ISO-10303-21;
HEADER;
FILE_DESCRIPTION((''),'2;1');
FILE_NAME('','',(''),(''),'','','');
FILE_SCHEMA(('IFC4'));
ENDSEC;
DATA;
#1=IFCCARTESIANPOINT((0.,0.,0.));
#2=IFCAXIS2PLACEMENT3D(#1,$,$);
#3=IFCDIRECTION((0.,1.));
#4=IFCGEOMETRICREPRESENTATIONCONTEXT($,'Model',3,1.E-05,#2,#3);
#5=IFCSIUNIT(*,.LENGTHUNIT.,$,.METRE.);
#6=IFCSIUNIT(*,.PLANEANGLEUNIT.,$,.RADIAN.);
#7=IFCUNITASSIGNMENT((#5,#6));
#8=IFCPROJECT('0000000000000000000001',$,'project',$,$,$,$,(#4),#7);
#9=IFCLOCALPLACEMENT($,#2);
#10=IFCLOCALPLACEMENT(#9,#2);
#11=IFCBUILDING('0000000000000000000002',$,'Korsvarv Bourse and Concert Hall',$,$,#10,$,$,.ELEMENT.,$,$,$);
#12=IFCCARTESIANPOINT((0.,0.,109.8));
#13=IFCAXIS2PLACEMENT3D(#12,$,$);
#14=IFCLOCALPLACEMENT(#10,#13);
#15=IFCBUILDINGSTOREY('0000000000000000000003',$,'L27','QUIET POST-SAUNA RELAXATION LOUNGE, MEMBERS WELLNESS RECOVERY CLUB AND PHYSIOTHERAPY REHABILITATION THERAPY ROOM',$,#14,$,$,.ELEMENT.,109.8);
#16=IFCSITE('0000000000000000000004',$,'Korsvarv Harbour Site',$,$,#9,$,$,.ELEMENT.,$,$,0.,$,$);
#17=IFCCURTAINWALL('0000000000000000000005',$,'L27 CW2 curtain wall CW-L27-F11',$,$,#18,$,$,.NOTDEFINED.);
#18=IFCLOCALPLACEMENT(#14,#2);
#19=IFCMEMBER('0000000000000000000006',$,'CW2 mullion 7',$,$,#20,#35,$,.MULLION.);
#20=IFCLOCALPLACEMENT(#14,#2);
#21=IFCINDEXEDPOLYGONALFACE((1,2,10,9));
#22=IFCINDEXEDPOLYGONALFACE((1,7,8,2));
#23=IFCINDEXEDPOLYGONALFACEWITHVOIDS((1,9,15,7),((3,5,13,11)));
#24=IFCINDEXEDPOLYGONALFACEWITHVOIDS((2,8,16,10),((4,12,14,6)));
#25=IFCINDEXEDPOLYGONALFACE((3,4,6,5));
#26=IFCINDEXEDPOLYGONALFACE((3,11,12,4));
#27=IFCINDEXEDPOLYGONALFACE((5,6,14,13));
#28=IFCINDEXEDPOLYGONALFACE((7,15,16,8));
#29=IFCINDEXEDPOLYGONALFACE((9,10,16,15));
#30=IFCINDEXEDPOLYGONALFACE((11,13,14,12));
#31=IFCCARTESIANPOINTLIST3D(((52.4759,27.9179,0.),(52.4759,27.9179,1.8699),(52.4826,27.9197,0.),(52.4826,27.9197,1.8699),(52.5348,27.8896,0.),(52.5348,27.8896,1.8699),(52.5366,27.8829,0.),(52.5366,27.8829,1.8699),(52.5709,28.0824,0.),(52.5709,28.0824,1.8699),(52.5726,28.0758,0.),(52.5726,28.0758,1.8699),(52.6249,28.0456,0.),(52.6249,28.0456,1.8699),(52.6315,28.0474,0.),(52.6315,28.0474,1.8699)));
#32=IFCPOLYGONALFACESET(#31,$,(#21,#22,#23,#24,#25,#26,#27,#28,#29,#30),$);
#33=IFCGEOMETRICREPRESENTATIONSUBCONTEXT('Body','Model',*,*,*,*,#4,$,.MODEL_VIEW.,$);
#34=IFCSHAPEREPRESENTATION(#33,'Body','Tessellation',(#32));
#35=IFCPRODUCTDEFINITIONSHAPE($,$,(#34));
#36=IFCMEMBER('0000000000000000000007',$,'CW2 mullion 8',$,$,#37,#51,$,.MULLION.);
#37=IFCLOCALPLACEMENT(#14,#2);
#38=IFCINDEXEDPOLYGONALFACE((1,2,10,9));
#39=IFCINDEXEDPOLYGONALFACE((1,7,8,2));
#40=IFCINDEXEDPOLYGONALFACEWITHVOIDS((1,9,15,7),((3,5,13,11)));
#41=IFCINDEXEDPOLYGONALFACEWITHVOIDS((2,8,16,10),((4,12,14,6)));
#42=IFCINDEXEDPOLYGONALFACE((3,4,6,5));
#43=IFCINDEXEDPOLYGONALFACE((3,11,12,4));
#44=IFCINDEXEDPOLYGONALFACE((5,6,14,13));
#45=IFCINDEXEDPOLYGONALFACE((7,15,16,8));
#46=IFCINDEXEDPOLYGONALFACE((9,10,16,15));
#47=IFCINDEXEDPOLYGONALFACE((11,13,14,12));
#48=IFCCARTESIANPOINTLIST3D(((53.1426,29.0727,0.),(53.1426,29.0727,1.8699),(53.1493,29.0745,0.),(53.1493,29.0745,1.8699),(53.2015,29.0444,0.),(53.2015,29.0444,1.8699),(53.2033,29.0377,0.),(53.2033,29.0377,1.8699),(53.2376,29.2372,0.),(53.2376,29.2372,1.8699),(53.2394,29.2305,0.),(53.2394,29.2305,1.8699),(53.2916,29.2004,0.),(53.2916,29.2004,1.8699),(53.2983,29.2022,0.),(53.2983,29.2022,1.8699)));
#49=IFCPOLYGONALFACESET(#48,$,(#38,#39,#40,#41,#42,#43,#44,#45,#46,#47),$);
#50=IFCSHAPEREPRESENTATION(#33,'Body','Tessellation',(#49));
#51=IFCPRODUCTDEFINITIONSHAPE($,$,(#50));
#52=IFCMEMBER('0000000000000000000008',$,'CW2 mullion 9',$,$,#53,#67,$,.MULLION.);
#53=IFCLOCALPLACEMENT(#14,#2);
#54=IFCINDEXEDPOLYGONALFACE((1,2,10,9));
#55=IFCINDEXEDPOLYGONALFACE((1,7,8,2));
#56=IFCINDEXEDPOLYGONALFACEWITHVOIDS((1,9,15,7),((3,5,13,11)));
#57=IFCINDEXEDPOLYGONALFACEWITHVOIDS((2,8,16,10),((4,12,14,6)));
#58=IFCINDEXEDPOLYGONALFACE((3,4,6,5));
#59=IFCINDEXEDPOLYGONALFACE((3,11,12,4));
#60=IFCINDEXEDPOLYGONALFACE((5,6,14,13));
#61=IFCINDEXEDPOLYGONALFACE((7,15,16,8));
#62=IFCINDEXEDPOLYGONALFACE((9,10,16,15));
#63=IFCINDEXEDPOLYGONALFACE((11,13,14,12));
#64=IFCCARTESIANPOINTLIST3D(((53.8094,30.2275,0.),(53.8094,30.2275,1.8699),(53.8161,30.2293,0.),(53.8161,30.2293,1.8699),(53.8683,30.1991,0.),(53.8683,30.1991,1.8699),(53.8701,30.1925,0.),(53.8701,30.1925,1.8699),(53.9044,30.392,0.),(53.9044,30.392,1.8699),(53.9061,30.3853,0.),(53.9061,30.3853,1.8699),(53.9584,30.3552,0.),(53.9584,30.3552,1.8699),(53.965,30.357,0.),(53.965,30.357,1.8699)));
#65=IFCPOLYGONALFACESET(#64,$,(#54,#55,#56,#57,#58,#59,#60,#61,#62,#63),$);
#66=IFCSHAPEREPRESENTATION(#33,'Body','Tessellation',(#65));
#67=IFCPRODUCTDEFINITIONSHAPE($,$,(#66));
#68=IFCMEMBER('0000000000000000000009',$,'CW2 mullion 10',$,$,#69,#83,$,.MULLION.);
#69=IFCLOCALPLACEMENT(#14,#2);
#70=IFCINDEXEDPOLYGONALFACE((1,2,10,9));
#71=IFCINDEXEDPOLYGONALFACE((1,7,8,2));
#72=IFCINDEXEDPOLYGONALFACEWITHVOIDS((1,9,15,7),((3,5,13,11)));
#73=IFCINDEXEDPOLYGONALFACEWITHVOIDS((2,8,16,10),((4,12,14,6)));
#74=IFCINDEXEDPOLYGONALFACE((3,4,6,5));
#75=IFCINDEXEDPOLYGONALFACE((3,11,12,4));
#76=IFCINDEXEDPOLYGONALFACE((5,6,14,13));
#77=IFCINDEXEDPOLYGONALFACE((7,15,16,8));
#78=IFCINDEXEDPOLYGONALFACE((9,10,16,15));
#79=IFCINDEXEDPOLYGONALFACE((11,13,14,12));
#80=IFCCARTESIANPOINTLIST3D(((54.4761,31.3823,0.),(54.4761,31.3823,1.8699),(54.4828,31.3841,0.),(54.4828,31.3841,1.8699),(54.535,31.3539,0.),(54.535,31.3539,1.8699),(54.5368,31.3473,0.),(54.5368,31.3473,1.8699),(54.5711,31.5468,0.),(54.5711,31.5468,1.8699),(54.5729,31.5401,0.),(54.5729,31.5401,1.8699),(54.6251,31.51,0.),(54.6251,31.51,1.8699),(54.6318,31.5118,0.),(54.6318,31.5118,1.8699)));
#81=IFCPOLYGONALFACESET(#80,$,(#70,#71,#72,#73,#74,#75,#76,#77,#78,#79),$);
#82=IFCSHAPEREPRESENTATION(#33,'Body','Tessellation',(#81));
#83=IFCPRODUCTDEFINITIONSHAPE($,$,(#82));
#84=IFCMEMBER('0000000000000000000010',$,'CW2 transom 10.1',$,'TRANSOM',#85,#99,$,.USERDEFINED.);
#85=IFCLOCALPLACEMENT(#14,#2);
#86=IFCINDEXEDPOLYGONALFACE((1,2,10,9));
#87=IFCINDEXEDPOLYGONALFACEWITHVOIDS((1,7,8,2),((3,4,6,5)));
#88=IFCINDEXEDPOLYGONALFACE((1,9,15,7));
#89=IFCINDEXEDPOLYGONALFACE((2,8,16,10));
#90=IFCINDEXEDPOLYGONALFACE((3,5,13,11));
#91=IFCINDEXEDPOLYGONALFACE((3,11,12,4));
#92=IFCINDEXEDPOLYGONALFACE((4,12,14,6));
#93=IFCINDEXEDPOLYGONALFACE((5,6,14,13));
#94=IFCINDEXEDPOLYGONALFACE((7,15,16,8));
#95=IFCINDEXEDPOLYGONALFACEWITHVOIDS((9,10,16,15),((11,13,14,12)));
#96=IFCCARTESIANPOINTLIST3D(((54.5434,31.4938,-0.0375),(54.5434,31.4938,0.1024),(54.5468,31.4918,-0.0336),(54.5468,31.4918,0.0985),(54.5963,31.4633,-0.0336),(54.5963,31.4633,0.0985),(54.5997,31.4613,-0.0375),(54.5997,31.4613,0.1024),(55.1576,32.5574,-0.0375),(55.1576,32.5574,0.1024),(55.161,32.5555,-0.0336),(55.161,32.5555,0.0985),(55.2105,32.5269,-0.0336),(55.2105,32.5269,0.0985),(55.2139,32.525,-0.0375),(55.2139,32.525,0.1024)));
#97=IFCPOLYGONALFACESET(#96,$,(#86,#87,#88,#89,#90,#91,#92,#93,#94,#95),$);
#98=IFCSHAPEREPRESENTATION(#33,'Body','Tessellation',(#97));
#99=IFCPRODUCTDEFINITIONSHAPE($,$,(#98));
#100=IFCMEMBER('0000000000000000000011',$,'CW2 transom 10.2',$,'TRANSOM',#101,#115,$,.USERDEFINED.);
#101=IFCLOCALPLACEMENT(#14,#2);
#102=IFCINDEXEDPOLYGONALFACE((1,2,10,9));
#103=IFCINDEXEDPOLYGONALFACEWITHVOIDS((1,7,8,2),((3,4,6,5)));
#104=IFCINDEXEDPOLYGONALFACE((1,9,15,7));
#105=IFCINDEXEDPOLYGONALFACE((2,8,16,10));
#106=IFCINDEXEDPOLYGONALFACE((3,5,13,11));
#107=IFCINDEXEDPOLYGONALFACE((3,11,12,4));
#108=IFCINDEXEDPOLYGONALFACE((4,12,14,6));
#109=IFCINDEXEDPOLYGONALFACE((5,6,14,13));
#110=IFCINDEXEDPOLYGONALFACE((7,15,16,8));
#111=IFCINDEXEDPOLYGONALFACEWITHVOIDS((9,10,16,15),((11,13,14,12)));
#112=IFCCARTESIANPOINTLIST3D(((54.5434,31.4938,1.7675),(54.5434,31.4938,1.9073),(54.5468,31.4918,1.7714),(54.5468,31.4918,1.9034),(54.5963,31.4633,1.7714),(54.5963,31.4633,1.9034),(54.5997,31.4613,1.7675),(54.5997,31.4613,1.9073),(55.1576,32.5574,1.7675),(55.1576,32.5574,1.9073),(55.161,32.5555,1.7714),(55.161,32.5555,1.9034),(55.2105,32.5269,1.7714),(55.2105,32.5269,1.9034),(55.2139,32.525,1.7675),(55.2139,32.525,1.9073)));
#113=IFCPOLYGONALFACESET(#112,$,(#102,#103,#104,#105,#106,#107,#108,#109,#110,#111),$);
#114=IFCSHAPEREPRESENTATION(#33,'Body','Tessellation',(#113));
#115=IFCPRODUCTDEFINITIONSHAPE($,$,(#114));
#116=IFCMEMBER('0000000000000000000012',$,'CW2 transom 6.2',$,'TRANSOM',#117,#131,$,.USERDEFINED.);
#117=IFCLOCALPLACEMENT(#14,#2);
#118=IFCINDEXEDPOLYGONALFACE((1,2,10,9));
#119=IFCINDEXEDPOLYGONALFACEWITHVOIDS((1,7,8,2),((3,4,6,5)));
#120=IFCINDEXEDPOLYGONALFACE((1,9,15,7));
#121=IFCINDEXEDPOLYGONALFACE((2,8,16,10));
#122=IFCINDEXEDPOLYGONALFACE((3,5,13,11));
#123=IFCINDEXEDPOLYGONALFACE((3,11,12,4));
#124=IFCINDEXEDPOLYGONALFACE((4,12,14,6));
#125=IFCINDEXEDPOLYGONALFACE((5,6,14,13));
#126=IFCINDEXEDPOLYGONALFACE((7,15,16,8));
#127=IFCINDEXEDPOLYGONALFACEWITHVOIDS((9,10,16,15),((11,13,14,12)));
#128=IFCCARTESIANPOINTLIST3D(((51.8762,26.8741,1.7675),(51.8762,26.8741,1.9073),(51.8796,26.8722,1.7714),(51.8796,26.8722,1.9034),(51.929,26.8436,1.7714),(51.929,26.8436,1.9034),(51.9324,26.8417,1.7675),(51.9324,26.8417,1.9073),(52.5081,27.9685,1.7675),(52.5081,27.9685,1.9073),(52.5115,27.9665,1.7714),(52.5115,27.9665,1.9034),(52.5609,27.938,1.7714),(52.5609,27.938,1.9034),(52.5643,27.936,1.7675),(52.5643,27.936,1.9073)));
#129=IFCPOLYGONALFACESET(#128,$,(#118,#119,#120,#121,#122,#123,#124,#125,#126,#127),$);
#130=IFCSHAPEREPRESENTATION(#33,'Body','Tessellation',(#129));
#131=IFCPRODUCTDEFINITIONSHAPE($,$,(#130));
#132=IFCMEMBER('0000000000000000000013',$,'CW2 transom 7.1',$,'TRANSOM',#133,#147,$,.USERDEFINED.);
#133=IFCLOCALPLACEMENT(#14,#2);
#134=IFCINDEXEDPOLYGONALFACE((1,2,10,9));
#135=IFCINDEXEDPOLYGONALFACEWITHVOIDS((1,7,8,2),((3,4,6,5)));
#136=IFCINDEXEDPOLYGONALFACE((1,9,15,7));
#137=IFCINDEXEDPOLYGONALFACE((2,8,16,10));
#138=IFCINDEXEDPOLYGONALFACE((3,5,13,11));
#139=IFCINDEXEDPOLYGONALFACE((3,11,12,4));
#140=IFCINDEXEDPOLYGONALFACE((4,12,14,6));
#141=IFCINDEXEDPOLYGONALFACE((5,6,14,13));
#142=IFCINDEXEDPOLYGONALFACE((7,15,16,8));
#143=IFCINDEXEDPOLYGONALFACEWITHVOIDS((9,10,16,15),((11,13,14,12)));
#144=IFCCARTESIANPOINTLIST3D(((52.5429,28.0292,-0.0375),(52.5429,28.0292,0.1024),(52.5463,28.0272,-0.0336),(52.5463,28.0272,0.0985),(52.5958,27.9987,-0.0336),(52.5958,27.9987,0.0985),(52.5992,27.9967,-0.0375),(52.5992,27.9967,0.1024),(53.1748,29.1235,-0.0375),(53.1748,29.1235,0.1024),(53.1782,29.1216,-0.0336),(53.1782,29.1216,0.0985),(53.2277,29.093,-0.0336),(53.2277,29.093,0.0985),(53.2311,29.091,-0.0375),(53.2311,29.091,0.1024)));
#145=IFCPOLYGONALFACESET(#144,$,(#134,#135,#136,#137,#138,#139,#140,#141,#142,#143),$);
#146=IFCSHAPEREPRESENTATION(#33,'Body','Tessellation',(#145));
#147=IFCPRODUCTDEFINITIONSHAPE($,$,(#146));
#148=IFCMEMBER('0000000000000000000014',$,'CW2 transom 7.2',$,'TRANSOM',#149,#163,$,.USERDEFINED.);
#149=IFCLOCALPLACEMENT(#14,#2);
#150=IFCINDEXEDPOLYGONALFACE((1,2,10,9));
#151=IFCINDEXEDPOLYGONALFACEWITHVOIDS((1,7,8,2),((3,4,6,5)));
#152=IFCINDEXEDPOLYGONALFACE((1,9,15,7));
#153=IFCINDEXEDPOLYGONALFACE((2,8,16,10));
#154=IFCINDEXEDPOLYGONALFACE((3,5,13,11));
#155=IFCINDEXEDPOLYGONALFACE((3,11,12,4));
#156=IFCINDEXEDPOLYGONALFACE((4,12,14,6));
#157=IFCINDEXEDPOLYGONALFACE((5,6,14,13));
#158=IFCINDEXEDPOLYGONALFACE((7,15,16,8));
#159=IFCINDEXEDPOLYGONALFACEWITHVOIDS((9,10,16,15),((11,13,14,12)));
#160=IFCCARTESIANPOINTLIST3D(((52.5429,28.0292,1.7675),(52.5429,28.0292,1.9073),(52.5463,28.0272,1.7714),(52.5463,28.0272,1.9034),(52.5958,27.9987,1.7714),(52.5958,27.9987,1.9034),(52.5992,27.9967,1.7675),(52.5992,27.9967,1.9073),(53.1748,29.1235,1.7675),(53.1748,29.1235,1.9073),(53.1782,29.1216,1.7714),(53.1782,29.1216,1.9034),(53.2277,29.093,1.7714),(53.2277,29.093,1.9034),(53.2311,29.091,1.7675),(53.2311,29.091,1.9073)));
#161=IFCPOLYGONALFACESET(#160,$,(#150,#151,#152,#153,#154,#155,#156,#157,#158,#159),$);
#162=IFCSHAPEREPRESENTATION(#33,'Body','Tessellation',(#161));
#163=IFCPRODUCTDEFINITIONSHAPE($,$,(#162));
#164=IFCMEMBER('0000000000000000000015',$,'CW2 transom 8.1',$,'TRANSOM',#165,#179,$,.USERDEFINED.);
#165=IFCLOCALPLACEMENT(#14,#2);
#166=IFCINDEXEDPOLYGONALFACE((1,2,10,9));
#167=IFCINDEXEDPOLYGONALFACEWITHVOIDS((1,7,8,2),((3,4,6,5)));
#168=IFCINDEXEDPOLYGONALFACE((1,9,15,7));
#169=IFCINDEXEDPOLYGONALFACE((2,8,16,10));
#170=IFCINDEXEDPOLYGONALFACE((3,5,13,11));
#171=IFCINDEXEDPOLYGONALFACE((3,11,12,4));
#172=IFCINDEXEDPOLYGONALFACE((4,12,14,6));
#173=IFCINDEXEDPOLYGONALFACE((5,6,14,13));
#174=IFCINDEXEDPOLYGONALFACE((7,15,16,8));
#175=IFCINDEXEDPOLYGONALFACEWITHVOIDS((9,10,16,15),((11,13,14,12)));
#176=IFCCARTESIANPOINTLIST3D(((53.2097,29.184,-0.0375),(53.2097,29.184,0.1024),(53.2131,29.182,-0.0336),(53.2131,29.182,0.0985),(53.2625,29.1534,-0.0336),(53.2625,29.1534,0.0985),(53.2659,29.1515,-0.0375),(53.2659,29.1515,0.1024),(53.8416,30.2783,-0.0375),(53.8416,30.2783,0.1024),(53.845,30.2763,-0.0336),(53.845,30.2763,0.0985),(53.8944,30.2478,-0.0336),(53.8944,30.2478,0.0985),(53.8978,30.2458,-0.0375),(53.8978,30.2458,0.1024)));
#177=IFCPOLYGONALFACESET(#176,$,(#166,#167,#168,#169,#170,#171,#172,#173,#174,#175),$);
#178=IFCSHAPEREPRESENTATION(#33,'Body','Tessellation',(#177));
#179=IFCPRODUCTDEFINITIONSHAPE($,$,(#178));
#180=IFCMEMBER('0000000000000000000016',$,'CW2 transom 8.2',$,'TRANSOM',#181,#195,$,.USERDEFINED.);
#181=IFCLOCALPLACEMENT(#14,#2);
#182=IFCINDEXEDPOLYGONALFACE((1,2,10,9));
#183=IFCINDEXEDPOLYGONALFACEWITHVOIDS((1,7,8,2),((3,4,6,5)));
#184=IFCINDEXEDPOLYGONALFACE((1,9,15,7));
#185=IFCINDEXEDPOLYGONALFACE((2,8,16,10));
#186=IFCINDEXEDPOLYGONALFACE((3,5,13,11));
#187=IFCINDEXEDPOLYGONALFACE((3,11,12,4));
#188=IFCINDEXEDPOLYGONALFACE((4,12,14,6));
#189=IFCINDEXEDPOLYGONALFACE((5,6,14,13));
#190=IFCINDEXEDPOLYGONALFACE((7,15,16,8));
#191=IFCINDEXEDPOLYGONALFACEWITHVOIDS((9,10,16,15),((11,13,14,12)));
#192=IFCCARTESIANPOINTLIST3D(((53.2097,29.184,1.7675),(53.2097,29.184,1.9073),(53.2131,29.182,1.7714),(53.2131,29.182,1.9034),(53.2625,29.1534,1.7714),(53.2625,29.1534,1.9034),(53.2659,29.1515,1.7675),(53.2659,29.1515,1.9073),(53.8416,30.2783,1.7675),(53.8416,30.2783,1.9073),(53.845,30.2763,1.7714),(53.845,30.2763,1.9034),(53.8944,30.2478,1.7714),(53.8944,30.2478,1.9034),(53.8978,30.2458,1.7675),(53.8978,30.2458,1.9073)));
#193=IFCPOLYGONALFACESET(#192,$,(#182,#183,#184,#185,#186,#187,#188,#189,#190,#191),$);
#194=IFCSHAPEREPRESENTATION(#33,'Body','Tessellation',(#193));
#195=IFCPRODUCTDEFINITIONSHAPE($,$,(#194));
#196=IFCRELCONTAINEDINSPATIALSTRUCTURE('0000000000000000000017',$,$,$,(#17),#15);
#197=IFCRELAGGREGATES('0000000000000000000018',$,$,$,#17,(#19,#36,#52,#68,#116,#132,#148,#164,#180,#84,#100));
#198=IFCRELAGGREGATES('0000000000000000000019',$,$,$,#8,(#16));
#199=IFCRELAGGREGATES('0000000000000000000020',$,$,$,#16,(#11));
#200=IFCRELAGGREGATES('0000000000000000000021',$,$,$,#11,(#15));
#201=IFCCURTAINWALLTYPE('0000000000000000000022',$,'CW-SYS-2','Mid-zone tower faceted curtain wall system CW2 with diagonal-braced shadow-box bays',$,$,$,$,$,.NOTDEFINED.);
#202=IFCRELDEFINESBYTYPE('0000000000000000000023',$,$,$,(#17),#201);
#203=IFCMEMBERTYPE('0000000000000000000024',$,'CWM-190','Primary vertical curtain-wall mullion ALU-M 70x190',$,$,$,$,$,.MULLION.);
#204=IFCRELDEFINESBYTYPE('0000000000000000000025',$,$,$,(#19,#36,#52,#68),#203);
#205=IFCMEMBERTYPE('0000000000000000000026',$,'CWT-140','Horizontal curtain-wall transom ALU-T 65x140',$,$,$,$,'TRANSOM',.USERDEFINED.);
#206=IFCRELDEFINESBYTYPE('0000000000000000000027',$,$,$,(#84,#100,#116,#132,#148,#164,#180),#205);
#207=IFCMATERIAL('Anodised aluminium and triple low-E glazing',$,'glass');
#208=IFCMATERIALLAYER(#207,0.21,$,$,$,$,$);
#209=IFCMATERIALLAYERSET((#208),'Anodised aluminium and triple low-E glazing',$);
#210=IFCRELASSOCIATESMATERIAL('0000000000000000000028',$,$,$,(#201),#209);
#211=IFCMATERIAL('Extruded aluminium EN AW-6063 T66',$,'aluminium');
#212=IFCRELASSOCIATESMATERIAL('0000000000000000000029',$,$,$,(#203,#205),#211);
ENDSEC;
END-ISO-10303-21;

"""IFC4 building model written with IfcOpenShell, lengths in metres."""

from ifc_helpers import new_model, si_unit, direction, frame, origin, origin_2d, place, context, subcontext, project, spatial, hollow_rectangle, extrude, source, transform, mapped, material, layer, layer_set, material_profile, profile_set, type_object, element, aggregate, save


model = new_model("IFC4")

# Units and contexts
model_context = context("Model", 3, precision=1e-05, world=origin(), true_north=direction((0.0, 1.0)))
body_context = subcontext(model_context, "Body", "Model", "MODEL_VIEW")
ifc_project = project(units=[si_unit("LENGTHUNIT", "METRE"), si_unit("PLANEANGLEUNIT", "RADIAN")], contexts=[model_context])

# Site, building, storey
site_placement = place(None, origin())
site = spatial("IfcSite", under=ifc_project, at=site_placement, Name="Korsvarv Harbour Site", CompositionType="ELEMENT", RefElevation=0.0)
building_placement = place(site_placement, origin())
building = spatial("IfcBuilding", under=site, at=building_placement, Name="Korsvarv Bourse and Concert Hall", CompositionType="ELEMENT")
storey_placement = place(building_placement, frame((0.0, 0.0, 109.8)))
storey = spatial("IfcBuildingStorey", under=building, at=storey_placement, Name="L27", Description="QUIET POST-SAUNA RELAXATION LOUNGE, MEMBERS WELLNESS RECOVERY CLUB AND PHYSIOTHERAPY REHABILITATION THERAPY ROOM", CompositionType="ELEMENT", Elevation=109.8)

# Curtain wall, members
ifc_material_1 = material(Name="Anodised aluminium and triple low-E glazing", Category="glass")
ifc_layer_1 = layer(ifc_material_1, 0.21)
ifc_layer_set_1 = layer_set([ifc_layer_1], Name="Anodised aluminium and triple low-E glazing")
curtain_wall_type = type_object("IfcCurtainWallType", Name="CW-SYS-2", Description="Mid-zone tower faceted curtain wall system CW2 with diagonal-braced shadow-box bays", PredefinedType="NOTDEFINED", material=ifc_layer_set_1)
curtain_wall_placement = place(storey_placement, origin())
curtain_wall = element("IfcCurtainWall", 1, at=curtain_wall_placement, inside=storey, type_object=curtain_wall_type, Name="L27 CW2 curtain wall CW-L27-F11", PredefinedType="NOTDEFINED")
ifc_material_2 = material(Name="Extruded aluminium EN AW-6063 T66", Category="aluminium")
ifc_material_profile_1 = material_profile(ifc_material_2, hollow_rectangle(XDim=0.0701, YDim=0.1899, WallThickness=0.0049, at=origin_2d()), Name="ALU-M 70x190")
ifc_profile_set_1 = profile_set([ifc_material_profile_1], Name="Extruded aluminium EN AW-6063 T66")
member_type_1 = type_object("IfcMemberType", Name="CWM-190", Description="Primary vertical curtain-wall mullion ALU-M 70x190", PredefinedType="MULLION", material=ifc_profile_set_1)
shared_shape_1 = source(origin(), body_context, "Body", "SweptSolid", [
    extrude(hollow_rectangle(XDim=0.0701, YDim=0.1899, WallThickness=0.0049, at=origin_2d()), origin(), (0.0, 0.0, 1.0), 1.8699),
])
member_1_placement = place(storey_placement, frame((52.5537, 27.9827, 0.0), z_axis=(0.0, 0.0, 1.0), x_axis=(-0.866022, 0.500006, 0.0)))
member_1 = element("IfcMember", 2, at=member_1_placement, type_object=member_type_1, Name="CW2 mullion 7", PredefinedType="MULLION", context=body_context, shape_type="MappedRepresentation", body=[
    mapped(shared_shape_1, transform((0.0, 0.0, 0.0), scale=1.0)),
])
member_2_placement = place(storey_placement, frame((53.2205, 29.1375, 0.0), z_axis=(0.0, 0.0, 1.0), x_axis=(-0.866022, 0.500006, 0.0)))
member_2 = element("IfcMember", 3, at=member_2_placement, type_object=member_type_1, Name="CW2 mullion 8", PredefinedType="MULLION", context=body_context, shape_type="MappedRepresentation", body=[
    mapped(shared_shape_1, transform((0.0, 0.0, 0.0), scale=1.0)),
])
member_3_placement = place(storey_placement, frame((53.8872, 30.2922, 0.0), z_axis=(0.0, 0.0, 1.0), x_axis=(-0.866022, 0.500006, 0.0)))
member_3 = element("IfcMember", 4, at=member_3_placement, type_object=member_type_1, Name="CW2 mullion 9", PredefinedType="MULLION", context=body_context, shape_type="MappedRepresentation", body=[
    mapped(shared_shape_1, transform((0.0, 0.0, 0.0), scale=1.0)),
])
member_4_placement = place(storey_placement, frame((54.554, 31.447, 0.0), z_axis=(0.0, 0.0, 1.0), x_axis=(-0.866022, 0.500006, 0.0)))
member_4 = element("IfcMember", 5, at=member_4_placement, type_object=member_type_1, Name="CW2 mullion 10", PredefinedType="MULLION", context=body_context, shape_type="MappedRepresentation", body=[
    mapped(shared_shape_1, transform((0.0, 0.0, 0.0), scale=1.0)),
])
ifc_material_profile_2 = material_profile(ifc_material_2, hollow_rectangle(XDim=0.0649, YDim=0.1399, WallThickness=0.0039, at=origin_2d()), Name="ALU-T 65x140")
ifc_profile_set_2 = profile_set([ifc_material_profile_2], Name="Extruded aluminium EN AW-6063 T66")
member_type_2 = type_object("IfcMemberType", Name="CWT-140", Description="Horizontal curtain-wall transom ALU-T 65x140", ElementType="TRANSOM", PredefinedType="USERDEFINED", material=ifc_profile_set_2)
shared_shape_2 = source(origin(), body_context, "Body", "SweptSolid", [
    extrude(hollow_rectangle(XDim=0.0649, YDim=0.1399, WallThickness=0.0039, at=origin_2d()), origin(), (0.0, 0.0, 1.0), 1.2283),
])
member_5_placement = place(storey_placement, frame((54.5715, 31.4775, 0.0325), z_axis=(0.500072, 0.865984, 0.0), x_axis=(-0.865984, 0.500072, 0.0)))
member_5 = element("IfcMember", 6, at=member_5_placement, type_object=member_type_2, Name="CW2 transom 10.1", ObjectType="TRANSOM", PredefinedType="USERDEFINED", context=body_context, shape_type="MappedRepresentation", body=[
    mapped(shared_shape_2, transform((0.0, 0.0, 0.0), scale=1.0)),
])
member_6_placement = place(storey_placement, frame((54.5715, 31.4775, 1.8374), z_axis=(0.500072, 0.865984, 0.0), x_axis=(-0.865984, 0.500072, 0.0)))
member_6 = element("IfcMember", 7, at=member_6_placement, type_object=member_type_2, Name="CW2 transom 10.2", ObjectType="TRANSOM", PredefinedType="USERDEFINED", context=body_context, shape_type="MappedRepresentation", body=[
    mapped(shared_shape_2, transform((0.0, 0.0, 0.0), scale=1.0)),
])
shared_shape_3 = source(origin(), body_context, "Body", "SweptSolid", [
    extrude(hollow_rectangle(XDim=0.0649, YDim=0.1399, WallThickness=0.0039, at=origin_2d()), origin(), (0.0, 0.0, 1.0), 1.2637),
])
member_7_placement = place(storey_placement, frame((51.9043, 26.8579, 1.8374), z_axis=(0.500046, 0.865999, 0.0), x_axis=(-0.865999, 0.500046, 0.0)))
member_7 = element("IfcMember", 8, at=member_7_placement, type_object=member_type_2, Name="CW2 transom 6.2", ObjectType="TRANSOM", PredefinedType="USERDEFINED", context=body_context, shape_type="MappedRepresentation", body=[
    mapped(shared_shape_3, transform((0.0, 0.0, 0.0), scale=1.0)),
])
member_8_placement = place(storey_placement, frame((52.571, 28.0129, 0.0325), z_axis=(0.500046, 0.865999, 0.0), x_axis=(-0.865999, 0.500046, 0.0)))
member_8 = element("IfcMember", 9, at=member_8_placement, type_object=member_type_2, Name="CW2 transom 7.1", ObjectType="TRANSOM", PredefinedType="USERDEFINED", context=body_context, shape_type="MappedRepresentation", body=[
    mapped(shared_shape_3, transform((0.0, 0.0, 0.0), scale=1.0)),
])
member_9_placement = place(storey_placement, frame((52.571, 28.0129, 1.8374), z_axis=(0.500046, 0.865999, 0.0), x_axis=(-0.865999, 0.500046, 0.0)))
member_9 = element("IfcMember", 10, at=member_9_placement, type_object=member_type_2, Name="CW2 transom 7.2", ObjectType="TRANSOM", PredefinedType="USERDEFINED", context=body_context, shape_type="MappedRepresentation", body=[
    mapped(shared_shape_3, transform((0.0, 0.0, 0.0), scale=1.0)),
])
member_10_placement = place(storey_placement, frame((53.2378, 29.1677, 0.0325), z_axis=(0.500046, 0.865999, 0.0), x_axis=(-0.865999, 0.500046, 0.0)))
member_10 = element("IfcMember", 11, at=member_10_placement, type_object=member_type_2, Name="CW2 transom 8.1", ObjectType="TRANSOM", PredefinedType="USERDEFINED", context=body_context, shape_type="MappedRepresentation", body=[
    mapped(shared_shape_3, transform((0.0, 0.0, 0.0), scale=1.0)),
])
member_11_placement = place(storey_placement, frame((53.2378, 29.1677, 1.8374), z_axis=(0.500046, 0.865999, 0.0), x_axis=(-0.865999, 0.500046, 0.0)))
member_11 = element("IfcMember", 12, at=member_11_placement, type_object=member_type_2, Name="CW2 transom 8.2", ObjectType="TRANSOM", PredefinedType="USERDEFINED", context=body_context, shape_type="MappedRepresentation", body=[
    mapped(shared_shape_3, transform((0.0, 0.0, 0.0), scale=1.0)),
])
aggregate(curtain_wall, [member_1, member_2, member_3, member_4, member_7, member_8, member_9, member_10, member_11, member_5, member_6])

save(model, "model.ifc")
